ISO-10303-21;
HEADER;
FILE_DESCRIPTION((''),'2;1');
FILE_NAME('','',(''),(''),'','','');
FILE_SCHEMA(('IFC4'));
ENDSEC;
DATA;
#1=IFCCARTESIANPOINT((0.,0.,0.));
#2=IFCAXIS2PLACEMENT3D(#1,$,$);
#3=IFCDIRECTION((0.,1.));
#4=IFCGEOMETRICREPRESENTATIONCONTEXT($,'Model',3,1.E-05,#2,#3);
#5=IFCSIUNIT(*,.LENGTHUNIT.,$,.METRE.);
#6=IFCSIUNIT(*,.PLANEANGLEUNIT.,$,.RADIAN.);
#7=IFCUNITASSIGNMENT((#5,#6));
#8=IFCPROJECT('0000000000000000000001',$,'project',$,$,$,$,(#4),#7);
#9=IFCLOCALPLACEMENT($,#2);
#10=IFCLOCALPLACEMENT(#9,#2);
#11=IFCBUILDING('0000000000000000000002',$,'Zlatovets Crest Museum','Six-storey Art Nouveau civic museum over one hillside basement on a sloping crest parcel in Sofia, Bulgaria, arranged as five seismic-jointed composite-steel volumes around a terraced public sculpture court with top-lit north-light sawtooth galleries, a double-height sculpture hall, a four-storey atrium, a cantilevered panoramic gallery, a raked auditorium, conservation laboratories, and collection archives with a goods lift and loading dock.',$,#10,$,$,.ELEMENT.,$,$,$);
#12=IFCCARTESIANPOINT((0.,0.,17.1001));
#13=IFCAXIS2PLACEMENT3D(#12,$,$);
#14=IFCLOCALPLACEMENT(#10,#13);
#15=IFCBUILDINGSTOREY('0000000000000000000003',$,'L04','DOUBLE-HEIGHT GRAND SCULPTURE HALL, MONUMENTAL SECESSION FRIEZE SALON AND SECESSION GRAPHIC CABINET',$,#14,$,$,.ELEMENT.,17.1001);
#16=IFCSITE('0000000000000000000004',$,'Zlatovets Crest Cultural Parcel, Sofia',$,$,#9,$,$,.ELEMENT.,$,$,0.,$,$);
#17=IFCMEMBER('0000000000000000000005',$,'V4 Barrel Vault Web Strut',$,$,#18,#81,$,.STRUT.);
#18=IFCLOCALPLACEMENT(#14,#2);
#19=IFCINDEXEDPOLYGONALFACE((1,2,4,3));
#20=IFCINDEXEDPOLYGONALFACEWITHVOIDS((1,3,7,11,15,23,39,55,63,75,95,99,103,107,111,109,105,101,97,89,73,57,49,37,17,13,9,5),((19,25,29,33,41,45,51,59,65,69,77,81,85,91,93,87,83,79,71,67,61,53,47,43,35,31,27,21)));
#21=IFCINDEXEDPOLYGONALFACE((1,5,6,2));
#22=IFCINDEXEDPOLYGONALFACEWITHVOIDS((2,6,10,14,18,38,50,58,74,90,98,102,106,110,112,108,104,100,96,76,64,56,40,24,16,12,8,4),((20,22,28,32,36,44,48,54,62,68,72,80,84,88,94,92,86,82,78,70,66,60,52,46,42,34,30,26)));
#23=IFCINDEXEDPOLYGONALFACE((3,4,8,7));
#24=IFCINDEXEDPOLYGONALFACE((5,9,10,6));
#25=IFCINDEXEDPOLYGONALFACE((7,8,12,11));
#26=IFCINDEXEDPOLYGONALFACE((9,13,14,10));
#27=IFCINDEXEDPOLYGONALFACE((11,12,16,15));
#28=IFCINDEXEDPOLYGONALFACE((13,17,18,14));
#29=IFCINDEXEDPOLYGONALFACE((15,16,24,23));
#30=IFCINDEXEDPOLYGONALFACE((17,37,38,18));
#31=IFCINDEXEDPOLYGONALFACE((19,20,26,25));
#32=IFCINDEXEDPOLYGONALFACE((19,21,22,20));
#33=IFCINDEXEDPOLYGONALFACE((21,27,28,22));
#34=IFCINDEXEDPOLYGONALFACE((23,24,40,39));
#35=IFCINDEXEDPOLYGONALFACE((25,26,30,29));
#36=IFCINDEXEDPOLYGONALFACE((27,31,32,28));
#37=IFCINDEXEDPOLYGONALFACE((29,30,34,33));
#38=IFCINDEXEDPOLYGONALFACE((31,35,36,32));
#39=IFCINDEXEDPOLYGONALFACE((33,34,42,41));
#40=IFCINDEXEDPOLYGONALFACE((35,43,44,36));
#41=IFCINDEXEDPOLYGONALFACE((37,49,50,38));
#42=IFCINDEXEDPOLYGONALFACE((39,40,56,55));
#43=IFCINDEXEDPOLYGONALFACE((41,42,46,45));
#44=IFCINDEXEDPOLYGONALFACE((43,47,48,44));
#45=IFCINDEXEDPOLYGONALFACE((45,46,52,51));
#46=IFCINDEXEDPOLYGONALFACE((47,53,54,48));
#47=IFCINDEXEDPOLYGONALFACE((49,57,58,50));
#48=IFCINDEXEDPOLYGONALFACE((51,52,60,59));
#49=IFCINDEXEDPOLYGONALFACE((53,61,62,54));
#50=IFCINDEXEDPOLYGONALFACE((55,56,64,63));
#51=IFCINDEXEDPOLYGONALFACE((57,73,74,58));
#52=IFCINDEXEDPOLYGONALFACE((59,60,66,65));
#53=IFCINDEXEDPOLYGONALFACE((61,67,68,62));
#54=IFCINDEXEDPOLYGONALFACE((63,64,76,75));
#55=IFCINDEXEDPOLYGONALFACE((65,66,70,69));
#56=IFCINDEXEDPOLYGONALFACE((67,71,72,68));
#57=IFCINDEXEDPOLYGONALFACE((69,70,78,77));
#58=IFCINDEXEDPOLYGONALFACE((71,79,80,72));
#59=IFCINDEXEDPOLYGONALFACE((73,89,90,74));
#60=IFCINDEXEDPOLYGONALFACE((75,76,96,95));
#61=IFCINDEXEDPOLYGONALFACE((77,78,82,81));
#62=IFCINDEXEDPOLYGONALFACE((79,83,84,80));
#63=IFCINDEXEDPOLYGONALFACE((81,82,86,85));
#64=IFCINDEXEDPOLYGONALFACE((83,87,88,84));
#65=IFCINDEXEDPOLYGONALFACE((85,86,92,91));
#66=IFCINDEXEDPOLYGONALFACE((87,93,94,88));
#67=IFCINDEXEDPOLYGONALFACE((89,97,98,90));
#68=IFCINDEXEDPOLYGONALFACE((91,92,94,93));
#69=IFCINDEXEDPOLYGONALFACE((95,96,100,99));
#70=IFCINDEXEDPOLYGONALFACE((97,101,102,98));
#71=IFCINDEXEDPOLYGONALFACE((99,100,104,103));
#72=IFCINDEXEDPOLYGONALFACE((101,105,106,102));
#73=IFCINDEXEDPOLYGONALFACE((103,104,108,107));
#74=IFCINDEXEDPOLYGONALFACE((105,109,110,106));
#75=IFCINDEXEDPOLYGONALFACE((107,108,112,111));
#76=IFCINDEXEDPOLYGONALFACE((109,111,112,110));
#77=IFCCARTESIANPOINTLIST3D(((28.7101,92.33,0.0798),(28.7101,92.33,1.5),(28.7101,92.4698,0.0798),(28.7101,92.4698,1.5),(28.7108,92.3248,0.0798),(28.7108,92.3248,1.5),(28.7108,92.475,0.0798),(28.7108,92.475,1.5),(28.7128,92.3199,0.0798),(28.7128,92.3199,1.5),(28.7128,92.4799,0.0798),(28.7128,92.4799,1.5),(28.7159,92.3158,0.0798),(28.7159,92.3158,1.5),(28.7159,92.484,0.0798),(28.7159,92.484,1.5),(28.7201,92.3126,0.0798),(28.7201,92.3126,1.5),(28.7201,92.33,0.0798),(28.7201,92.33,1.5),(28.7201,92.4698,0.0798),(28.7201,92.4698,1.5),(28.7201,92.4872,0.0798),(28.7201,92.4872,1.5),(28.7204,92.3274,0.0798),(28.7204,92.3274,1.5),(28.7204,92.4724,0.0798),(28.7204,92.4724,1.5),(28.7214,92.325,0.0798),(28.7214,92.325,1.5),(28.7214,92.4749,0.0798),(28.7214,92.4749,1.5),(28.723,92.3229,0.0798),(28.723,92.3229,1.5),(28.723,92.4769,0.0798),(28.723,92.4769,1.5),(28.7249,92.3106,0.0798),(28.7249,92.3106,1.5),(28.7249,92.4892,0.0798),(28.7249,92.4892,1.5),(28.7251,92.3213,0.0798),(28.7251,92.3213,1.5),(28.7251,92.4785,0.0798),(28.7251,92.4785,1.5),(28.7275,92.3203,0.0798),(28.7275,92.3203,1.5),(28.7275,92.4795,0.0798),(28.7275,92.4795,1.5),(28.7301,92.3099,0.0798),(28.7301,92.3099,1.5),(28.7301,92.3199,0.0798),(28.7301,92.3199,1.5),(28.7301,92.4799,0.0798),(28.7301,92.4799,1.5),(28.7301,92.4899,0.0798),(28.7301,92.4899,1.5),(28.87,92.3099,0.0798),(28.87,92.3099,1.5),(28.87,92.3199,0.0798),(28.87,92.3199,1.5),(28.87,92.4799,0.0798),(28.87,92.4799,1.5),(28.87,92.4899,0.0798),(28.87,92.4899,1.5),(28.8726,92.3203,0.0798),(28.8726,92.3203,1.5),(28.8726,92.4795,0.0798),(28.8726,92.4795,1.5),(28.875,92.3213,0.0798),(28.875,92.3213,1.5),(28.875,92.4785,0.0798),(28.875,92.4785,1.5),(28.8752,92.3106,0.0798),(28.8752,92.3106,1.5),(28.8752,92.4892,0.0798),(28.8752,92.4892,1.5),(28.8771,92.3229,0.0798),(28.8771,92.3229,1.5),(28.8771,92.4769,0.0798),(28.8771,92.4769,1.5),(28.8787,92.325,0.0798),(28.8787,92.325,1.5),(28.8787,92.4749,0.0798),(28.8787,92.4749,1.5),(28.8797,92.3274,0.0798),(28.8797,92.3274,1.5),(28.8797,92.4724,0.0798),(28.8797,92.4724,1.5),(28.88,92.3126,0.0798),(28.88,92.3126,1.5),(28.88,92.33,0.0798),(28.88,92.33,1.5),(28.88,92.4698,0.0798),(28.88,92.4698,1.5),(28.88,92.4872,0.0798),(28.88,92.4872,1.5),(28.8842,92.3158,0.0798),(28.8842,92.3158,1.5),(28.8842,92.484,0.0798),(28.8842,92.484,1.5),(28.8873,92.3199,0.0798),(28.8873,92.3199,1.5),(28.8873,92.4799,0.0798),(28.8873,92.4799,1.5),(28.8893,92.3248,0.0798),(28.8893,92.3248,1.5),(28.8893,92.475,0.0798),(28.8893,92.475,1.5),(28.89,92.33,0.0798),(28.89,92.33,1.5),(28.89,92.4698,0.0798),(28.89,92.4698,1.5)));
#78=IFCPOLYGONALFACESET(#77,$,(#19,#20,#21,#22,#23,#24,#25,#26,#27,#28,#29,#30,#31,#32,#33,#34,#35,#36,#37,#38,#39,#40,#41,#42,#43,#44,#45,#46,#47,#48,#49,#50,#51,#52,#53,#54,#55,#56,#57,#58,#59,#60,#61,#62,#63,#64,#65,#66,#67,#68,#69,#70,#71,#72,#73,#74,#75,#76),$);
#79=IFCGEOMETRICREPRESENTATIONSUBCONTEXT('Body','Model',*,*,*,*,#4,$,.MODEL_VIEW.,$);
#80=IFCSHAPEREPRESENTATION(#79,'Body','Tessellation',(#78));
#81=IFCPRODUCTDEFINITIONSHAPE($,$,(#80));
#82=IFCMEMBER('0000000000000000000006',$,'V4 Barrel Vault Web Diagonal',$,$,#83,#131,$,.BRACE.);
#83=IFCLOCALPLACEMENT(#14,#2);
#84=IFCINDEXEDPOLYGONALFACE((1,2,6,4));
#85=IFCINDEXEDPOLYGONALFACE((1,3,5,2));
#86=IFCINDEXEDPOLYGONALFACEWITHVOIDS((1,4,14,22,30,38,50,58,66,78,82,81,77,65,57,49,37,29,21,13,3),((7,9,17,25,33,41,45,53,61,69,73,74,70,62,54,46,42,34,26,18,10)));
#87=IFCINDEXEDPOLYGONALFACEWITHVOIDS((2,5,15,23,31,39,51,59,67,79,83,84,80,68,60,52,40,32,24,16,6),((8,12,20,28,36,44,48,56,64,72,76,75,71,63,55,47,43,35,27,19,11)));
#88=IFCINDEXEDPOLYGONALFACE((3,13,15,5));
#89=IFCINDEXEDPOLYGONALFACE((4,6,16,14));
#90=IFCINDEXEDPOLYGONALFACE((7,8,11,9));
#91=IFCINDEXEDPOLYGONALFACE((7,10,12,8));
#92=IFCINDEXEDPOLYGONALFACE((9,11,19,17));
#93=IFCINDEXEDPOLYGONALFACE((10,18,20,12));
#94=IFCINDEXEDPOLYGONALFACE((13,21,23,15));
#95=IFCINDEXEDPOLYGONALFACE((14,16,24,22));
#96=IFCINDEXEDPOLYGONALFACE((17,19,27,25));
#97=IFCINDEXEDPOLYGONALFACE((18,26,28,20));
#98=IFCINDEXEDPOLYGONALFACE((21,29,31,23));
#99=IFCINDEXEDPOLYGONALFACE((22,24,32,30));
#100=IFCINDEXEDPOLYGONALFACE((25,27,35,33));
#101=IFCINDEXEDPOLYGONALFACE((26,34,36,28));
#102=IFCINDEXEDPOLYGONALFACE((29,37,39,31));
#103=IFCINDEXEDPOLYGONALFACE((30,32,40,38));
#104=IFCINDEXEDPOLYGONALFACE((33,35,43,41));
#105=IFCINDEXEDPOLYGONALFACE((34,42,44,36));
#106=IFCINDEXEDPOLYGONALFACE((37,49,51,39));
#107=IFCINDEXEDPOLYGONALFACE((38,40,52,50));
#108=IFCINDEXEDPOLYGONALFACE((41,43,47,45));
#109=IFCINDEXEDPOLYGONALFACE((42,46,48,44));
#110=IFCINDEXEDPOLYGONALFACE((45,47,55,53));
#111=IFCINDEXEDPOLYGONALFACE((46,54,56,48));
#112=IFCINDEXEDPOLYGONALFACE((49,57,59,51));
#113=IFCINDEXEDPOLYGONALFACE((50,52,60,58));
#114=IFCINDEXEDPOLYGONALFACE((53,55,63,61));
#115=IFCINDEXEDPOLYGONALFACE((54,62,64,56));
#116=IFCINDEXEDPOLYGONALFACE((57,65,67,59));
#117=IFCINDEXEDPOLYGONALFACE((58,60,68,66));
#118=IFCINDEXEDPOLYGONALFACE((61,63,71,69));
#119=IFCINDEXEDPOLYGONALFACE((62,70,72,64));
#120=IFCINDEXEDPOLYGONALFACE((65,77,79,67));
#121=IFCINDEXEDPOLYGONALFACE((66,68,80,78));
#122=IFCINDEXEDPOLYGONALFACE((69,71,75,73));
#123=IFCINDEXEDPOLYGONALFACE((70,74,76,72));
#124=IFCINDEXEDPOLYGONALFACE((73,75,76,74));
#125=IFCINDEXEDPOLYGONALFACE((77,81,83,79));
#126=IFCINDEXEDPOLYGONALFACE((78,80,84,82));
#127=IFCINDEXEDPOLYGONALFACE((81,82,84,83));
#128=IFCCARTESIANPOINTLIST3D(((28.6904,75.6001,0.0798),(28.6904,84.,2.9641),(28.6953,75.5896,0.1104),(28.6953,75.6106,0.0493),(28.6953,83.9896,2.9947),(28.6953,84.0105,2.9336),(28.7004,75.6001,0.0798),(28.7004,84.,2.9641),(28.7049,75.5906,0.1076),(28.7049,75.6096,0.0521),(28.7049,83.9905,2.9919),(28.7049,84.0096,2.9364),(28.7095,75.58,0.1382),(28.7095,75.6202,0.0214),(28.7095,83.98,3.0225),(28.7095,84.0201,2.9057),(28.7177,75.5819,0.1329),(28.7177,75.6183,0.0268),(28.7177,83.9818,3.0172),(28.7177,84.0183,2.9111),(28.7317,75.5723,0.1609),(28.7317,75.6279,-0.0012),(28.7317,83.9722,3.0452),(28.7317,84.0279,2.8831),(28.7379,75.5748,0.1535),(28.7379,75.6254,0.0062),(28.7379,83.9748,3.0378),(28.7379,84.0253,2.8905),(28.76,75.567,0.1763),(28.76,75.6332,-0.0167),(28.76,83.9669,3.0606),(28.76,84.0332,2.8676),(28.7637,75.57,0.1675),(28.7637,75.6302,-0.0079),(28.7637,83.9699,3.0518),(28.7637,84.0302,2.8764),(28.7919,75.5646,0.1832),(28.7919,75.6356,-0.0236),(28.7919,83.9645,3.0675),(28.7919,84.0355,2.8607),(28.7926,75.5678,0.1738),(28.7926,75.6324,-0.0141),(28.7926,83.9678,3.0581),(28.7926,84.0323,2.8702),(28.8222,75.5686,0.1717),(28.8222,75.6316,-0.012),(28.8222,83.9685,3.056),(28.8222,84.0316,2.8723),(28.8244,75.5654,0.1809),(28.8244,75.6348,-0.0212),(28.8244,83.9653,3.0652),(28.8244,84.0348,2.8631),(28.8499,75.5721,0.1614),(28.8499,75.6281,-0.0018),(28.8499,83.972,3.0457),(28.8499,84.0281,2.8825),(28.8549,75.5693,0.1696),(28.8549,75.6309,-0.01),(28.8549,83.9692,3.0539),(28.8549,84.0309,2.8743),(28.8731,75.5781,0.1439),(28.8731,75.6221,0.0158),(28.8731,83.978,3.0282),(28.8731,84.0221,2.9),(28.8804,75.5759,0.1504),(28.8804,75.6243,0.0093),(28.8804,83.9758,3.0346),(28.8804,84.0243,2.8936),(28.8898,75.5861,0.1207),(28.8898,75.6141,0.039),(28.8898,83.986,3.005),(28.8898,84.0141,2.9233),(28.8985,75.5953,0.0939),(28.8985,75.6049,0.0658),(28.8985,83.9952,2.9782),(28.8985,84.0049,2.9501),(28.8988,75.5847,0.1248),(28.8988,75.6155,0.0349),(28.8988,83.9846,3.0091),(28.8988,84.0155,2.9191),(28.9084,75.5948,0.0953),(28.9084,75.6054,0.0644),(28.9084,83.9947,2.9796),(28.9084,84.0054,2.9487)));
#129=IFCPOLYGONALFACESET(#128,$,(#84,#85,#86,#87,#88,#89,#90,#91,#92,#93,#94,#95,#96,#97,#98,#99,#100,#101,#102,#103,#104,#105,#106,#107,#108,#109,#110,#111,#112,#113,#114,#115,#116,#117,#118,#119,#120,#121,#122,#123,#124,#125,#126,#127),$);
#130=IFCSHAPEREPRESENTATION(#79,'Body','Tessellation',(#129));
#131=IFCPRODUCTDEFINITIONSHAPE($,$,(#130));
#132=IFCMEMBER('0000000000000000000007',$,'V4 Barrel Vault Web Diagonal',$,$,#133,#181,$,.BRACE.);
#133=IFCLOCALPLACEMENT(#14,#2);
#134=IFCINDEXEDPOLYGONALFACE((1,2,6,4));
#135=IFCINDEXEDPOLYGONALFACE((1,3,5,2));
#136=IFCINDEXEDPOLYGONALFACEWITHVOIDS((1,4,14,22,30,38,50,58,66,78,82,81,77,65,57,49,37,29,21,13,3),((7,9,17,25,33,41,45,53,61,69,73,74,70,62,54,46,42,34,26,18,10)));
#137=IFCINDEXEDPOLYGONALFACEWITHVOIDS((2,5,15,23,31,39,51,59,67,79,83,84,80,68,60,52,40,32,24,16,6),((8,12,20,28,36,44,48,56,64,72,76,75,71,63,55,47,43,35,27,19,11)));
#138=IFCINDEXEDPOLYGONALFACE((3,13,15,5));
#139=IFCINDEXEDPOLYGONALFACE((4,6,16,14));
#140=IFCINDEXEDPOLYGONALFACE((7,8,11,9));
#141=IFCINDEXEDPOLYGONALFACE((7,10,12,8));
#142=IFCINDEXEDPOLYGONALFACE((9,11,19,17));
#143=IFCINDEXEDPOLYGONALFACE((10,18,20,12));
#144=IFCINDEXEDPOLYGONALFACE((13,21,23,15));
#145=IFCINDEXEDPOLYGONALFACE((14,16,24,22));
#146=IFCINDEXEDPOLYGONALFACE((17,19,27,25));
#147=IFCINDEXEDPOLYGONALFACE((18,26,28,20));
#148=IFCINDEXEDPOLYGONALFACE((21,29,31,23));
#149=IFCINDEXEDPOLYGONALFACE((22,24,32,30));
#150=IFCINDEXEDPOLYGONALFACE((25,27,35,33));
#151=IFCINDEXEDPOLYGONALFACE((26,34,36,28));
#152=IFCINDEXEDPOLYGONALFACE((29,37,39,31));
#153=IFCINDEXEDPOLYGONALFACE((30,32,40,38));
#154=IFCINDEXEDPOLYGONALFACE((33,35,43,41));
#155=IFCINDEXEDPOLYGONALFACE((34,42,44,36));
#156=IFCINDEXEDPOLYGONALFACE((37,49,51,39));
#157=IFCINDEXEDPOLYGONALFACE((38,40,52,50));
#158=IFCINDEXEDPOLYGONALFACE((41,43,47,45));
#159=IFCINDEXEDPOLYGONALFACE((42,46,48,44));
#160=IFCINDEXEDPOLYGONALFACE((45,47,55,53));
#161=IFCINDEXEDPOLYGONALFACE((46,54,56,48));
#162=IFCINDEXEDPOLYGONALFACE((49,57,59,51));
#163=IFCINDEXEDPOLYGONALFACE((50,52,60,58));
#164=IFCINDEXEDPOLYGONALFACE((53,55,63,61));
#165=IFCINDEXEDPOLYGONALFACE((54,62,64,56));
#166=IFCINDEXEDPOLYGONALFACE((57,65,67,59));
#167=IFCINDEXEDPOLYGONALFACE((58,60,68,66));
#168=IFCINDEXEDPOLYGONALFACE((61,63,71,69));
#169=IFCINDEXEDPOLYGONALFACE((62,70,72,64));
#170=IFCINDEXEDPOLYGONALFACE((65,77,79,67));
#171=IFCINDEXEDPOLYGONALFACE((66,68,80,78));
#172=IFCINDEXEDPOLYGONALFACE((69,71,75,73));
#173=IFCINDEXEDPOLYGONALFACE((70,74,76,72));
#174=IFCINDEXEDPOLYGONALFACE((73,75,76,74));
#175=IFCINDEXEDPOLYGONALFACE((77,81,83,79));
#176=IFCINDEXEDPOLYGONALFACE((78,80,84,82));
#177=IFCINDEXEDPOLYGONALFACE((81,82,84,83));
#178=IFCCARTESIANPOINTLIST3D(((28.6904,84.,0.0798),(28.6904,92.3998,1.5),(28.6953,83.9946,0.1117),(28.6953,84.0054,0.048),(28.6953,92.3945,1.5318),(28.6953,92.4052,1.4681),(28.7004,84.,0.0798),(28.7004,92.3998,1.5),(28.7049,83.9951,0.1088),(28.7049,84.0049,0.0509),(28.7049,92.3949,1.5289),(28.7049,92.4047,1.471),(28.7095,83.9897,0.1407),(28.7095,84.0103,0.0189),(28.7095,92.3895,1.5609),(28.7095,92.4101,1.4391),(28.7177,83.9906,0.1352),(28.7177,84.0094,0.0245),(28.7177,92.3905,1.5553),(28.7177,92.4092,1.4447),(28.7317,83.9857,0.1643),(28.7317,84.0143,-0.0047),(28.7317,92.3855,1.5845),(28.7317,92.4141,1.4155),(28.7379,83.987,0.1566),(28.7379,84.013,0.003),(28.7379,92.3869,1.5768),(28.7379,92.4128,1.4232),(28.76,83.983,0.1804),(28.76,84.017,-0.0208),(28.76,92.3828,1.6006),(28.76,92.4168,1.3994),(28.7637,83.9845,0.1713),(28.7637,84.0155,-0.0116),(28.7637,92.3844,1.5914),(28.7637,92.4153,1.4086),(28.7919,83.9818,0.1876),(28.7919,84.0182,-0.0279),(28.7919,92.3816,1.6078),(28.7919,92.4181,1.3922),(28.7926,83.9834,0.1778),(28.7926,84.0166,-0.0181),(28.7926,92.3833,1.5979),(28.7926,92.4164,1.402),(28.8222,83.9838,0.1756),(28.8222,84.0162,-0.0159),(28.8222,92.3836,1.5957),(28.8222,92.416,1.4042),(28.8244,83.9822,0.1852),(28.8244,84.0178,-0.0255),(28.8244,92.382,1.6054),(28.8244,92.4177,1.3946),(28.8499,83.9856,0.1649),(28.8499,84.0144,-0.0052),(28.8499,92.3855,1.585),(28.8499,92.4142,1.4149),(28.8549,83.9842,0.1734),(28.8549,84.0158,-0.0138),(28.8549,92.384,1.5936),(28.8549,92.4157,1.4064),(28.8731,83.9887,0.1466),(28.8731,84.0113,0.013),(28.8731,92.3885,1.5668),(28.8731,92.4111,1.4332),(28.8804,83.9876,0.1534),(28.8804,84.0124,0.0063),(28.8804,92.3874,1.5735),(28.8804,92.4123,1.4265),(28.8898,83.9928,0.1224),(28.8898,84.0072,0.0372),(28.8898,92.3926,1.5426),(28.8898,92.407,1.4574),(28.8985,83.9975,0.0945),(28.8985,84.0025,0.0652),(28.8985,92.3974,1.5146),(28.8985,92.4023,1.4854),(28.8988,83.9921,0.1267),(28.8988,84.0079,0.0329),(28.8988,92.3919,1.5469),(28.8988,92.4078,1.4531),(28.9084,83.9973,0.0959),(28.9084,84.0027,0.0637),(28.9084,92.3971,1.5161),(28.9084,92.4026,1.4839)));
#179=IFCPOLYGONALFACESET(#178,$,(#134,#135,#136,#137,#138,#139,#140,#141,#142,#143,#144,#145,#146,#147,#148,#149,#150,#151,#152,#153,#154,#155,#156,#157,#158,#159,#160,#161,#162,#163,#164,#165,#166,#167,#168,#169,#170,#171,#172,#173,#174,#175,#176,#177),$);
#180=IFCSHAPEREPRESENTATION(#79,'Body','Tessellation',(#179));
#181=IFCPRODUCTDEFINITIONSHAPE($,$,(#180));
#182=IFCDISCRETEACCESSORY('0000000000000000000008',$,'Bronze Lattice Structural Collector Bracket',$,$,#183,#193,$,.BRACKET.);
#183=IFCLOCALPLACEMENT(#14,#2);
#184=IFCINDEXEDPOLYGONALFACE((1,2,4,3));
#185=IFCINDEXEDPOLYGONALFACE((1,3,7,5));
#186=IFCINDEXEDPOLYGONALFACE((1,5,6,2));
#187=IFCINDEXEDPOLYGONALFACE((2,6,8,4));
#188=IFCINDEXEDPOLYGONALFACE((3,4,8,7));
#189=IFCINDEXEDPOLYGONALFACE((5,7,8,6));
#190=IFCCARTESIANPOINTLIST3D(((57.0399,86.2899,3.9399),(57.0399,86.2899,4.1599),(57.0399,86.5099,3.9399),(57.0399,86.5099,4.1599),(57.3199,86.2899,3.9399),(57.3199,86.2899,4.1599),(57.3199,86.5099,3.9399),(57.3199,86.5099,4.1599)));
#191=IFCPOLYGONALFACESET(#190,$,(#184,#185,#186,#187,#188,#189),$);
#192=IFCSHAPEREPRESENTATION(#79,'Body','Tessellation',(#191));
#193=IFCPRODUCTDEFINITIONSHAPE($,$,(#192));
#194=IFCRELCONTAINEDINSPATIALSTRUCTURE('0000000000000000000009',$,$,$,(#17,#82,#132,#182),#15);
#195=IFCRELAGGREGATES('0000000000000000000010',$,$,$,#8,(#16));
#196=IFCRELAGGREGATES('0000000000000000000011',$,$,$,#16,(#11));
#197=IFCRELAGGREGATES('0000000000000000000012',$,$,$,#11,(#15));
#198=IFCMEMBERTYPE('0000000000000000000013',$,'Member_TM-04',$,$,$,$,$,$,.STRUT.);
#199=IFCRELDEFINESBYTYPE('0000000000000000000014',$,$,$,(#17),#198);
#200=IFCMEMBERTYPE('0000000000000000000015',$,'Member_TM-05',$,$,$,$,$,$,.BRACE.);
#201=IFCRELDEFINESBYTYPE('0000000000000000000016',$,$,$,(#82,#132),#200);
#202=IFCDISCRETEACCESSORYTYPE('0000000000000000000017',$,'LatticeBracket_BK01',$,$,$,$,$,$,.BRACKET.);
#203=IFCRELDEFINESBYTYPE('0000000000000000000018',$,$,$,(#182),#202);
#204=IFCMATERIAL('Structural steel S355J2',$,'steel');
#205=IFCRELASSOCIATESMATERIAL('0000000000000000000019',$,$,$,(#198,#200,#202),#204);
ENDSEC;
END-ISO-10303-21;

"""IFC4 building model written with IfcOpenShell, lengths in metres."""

from ifc_helpers import new_model, si_unit, direction, frame, origin, origin_2d, place, context, subcontext, project, spatial, rectangle, hollow_rectangle, hollow_circle, extrude, material, material_profile, profile_set, type_object, element, save


model = new_model("IFC4")

# Units and contexts
model_context = context("Model", 3, precision=1e-05, world=origin(), true_north=direction((0.0, 1.0)))
body_context = subcontext(model_context, "Body", "Model", "MODEL_VIEW")
ifc_project = project(units=[si_unit("LENGTHUNIT", "METRE"), si_unit("PLANEANGLEUNIT", "RADIAN")], contexts=[model_context])

# Site, building, storey
site_placement = place(None, origin())
site = spatial("IfcSite", under=ifc_project, at=site_placement, Name="Zlatovets Crest Cultural Parcel, Sofia", CompositionType="ELEMENT", RefElevation=0.0)
building_placement = place(site_placement, origin())
building = spatial("IfcBuilding", under=site, at=building_placement, Name="Zlatovets Crest Museum", Description="Six-storey Art Nouveau civic museum over one hillside basement on a sloping crest parcel in Sofia, Bulgaria, arranged as five seismic-jointed composite-steel volumes around a terraced public sculpture court with top-lit north-light sawtooth galleries, a double-height sculpture hall, a four-storey atrium, a cantilevered panoramic gallery, a raked auditorium, conservation laboratories, and collection archives with a goods lift and loading dock.", CompositionType="ELEMENT")
storey_placement = place(building_placement, frame((0.0, 0.0, 17.1001)))
storey = spatial("IfcBuildingStorey", under=building, at=storey_placement, Name="L04", Description="DOUBLE-HEIGHT GRAND SCULPTURE HALL, MONUMENTAL SECESSION FRIEZE SALON AND SECESSION GRAPHIC CABINET", CompositionType="ELEMENT", Elevation=17.1001)

# Shared definitions
ifc_material_1 = material(Name="Structural steel S355J2", Category="steel")

# Members
ifc_material_profile_1 = material_profile(ifc_material_1, hollow_rectangle(XDim=0.1799, YDim=0.1799, WallThickness=0.01, InnerFilletRadius=0.01, OuterFilletRadius=0.02, at=origin_2d()), Name="SHS 180x180x10.0")
ifc_profile_set_1 = profile_set([ifc_material_profile_1], Name="Structural steel S355J2")
member_type_1 = type_object("IfcMemberType", Name="Member_TM-04", PredefinedType="STRUT", material=ifc_profile_set_1)
member_1_placement = place(storey_placement, frame((28.8, 92.3999, 0.0798), z_axis=(0.0, 0.0, 1.0), x_axis=(1.0, 0.0, 0.0)))
element("IfcMember", 1, at=member_1_placement, inside=storey, type_object=member_type_1, Name="V4 Barrel Vault Web Strut", PredefinedType="STRUT", context=body_context, shape_type="SweptSolid", body=[
    extrude(hollow_rectangle(XDim=0.1799, YDim=0.1799, WallThickness=0.01, InnerFilletRadius=0.01, OuterFilletRadius=0.02, at=origin_2d()), origin(), (0.0, 0.0, 1.0), 1.4202),
])
ifc_material_profile_2 = material_profile(ifc_material_1, hollow_circle(Radius=0.1096, WallThickness=0.01, at=origin_2d()), Name="CHS 219.1x10.0")
ifc_profile_set_2 = profile_set([ifc_material_profile_2], Name="Structural steel S355J2")
member_type_2 = type_object("IfcMemberType", Name="Member_TM-05", PredefinedType="BRACE", material=ifc_profile_set_2)
member_2_placement = place(storey_placement, frame((28.8, 75.6001, 0.0798), z_axis=(0.0, 0.945797, 0.324759), x_axis=(-1.0, 0.0, 0.0)))
element("IfcMember", 2, at=member_2_placement, inside=storey, type_object=member_type_2, Name="V4 Barrel Vault Web Diagonal", PredefinedType="BRACE", context=body_context, shape_type="SweptSolid", body=[
    extrude(hollow_circle(Radius=0.1096, WallThickness=0.01, at=origin_2d()), origin(), (0.0, 0.0, 1.0), 8.8813),
])
member_3_placement = place(storey_placement, frame((28.8, 84.0, 0.0798), z_axis=(0.0, 0.986007, 0.166704), x_axis=(-1.0, 0.0, 0.0)))
element("IfcMember", 3, at=member_3_placement, inside=storey, type_object=member_type_2, Name="V4 Barrel Vault Web Diagonal", PredefinedType="BRACE", context=body_context, shape_type="SweptSolid", body=[
    extrude(hollow_circle(Radius=0.1096, WallThickness=0.01, at=origin_2d()), origin(), (0.0, 0.0, 1.0), 8.519),
])

# Discrete accessory
discrete_accessory_type = type_object("IfcDiscreteAccessoryType", Name="LatticeBracket_BK01", PredefinedType="BRACKET", material=ifc_material_1)
discrete_accessory_placement = place(storey_placement, frame((57.1799, 86.3999, 3.9399), z_axis=(0.0, 0.0, 1.0), x_axis=(1.0, 0.0, 0.0)))
element("IfcDiscreteAccessory", 4, at=discrete_accessory_placement, inside=storey, type_object=discrete_accessory_type, Name="Bronze Lattice Structural Collector Bracket", PredefinedType="BRACKET", context=body_context, shape_type="SweptSolid", body=[
    extrude(rectangle(XDim=0.28, YDim=0.22, at=origin_2d()), origin(), (0.0, 0.0, 1.0), 0.22),
])

save(model, "model.ifc")
